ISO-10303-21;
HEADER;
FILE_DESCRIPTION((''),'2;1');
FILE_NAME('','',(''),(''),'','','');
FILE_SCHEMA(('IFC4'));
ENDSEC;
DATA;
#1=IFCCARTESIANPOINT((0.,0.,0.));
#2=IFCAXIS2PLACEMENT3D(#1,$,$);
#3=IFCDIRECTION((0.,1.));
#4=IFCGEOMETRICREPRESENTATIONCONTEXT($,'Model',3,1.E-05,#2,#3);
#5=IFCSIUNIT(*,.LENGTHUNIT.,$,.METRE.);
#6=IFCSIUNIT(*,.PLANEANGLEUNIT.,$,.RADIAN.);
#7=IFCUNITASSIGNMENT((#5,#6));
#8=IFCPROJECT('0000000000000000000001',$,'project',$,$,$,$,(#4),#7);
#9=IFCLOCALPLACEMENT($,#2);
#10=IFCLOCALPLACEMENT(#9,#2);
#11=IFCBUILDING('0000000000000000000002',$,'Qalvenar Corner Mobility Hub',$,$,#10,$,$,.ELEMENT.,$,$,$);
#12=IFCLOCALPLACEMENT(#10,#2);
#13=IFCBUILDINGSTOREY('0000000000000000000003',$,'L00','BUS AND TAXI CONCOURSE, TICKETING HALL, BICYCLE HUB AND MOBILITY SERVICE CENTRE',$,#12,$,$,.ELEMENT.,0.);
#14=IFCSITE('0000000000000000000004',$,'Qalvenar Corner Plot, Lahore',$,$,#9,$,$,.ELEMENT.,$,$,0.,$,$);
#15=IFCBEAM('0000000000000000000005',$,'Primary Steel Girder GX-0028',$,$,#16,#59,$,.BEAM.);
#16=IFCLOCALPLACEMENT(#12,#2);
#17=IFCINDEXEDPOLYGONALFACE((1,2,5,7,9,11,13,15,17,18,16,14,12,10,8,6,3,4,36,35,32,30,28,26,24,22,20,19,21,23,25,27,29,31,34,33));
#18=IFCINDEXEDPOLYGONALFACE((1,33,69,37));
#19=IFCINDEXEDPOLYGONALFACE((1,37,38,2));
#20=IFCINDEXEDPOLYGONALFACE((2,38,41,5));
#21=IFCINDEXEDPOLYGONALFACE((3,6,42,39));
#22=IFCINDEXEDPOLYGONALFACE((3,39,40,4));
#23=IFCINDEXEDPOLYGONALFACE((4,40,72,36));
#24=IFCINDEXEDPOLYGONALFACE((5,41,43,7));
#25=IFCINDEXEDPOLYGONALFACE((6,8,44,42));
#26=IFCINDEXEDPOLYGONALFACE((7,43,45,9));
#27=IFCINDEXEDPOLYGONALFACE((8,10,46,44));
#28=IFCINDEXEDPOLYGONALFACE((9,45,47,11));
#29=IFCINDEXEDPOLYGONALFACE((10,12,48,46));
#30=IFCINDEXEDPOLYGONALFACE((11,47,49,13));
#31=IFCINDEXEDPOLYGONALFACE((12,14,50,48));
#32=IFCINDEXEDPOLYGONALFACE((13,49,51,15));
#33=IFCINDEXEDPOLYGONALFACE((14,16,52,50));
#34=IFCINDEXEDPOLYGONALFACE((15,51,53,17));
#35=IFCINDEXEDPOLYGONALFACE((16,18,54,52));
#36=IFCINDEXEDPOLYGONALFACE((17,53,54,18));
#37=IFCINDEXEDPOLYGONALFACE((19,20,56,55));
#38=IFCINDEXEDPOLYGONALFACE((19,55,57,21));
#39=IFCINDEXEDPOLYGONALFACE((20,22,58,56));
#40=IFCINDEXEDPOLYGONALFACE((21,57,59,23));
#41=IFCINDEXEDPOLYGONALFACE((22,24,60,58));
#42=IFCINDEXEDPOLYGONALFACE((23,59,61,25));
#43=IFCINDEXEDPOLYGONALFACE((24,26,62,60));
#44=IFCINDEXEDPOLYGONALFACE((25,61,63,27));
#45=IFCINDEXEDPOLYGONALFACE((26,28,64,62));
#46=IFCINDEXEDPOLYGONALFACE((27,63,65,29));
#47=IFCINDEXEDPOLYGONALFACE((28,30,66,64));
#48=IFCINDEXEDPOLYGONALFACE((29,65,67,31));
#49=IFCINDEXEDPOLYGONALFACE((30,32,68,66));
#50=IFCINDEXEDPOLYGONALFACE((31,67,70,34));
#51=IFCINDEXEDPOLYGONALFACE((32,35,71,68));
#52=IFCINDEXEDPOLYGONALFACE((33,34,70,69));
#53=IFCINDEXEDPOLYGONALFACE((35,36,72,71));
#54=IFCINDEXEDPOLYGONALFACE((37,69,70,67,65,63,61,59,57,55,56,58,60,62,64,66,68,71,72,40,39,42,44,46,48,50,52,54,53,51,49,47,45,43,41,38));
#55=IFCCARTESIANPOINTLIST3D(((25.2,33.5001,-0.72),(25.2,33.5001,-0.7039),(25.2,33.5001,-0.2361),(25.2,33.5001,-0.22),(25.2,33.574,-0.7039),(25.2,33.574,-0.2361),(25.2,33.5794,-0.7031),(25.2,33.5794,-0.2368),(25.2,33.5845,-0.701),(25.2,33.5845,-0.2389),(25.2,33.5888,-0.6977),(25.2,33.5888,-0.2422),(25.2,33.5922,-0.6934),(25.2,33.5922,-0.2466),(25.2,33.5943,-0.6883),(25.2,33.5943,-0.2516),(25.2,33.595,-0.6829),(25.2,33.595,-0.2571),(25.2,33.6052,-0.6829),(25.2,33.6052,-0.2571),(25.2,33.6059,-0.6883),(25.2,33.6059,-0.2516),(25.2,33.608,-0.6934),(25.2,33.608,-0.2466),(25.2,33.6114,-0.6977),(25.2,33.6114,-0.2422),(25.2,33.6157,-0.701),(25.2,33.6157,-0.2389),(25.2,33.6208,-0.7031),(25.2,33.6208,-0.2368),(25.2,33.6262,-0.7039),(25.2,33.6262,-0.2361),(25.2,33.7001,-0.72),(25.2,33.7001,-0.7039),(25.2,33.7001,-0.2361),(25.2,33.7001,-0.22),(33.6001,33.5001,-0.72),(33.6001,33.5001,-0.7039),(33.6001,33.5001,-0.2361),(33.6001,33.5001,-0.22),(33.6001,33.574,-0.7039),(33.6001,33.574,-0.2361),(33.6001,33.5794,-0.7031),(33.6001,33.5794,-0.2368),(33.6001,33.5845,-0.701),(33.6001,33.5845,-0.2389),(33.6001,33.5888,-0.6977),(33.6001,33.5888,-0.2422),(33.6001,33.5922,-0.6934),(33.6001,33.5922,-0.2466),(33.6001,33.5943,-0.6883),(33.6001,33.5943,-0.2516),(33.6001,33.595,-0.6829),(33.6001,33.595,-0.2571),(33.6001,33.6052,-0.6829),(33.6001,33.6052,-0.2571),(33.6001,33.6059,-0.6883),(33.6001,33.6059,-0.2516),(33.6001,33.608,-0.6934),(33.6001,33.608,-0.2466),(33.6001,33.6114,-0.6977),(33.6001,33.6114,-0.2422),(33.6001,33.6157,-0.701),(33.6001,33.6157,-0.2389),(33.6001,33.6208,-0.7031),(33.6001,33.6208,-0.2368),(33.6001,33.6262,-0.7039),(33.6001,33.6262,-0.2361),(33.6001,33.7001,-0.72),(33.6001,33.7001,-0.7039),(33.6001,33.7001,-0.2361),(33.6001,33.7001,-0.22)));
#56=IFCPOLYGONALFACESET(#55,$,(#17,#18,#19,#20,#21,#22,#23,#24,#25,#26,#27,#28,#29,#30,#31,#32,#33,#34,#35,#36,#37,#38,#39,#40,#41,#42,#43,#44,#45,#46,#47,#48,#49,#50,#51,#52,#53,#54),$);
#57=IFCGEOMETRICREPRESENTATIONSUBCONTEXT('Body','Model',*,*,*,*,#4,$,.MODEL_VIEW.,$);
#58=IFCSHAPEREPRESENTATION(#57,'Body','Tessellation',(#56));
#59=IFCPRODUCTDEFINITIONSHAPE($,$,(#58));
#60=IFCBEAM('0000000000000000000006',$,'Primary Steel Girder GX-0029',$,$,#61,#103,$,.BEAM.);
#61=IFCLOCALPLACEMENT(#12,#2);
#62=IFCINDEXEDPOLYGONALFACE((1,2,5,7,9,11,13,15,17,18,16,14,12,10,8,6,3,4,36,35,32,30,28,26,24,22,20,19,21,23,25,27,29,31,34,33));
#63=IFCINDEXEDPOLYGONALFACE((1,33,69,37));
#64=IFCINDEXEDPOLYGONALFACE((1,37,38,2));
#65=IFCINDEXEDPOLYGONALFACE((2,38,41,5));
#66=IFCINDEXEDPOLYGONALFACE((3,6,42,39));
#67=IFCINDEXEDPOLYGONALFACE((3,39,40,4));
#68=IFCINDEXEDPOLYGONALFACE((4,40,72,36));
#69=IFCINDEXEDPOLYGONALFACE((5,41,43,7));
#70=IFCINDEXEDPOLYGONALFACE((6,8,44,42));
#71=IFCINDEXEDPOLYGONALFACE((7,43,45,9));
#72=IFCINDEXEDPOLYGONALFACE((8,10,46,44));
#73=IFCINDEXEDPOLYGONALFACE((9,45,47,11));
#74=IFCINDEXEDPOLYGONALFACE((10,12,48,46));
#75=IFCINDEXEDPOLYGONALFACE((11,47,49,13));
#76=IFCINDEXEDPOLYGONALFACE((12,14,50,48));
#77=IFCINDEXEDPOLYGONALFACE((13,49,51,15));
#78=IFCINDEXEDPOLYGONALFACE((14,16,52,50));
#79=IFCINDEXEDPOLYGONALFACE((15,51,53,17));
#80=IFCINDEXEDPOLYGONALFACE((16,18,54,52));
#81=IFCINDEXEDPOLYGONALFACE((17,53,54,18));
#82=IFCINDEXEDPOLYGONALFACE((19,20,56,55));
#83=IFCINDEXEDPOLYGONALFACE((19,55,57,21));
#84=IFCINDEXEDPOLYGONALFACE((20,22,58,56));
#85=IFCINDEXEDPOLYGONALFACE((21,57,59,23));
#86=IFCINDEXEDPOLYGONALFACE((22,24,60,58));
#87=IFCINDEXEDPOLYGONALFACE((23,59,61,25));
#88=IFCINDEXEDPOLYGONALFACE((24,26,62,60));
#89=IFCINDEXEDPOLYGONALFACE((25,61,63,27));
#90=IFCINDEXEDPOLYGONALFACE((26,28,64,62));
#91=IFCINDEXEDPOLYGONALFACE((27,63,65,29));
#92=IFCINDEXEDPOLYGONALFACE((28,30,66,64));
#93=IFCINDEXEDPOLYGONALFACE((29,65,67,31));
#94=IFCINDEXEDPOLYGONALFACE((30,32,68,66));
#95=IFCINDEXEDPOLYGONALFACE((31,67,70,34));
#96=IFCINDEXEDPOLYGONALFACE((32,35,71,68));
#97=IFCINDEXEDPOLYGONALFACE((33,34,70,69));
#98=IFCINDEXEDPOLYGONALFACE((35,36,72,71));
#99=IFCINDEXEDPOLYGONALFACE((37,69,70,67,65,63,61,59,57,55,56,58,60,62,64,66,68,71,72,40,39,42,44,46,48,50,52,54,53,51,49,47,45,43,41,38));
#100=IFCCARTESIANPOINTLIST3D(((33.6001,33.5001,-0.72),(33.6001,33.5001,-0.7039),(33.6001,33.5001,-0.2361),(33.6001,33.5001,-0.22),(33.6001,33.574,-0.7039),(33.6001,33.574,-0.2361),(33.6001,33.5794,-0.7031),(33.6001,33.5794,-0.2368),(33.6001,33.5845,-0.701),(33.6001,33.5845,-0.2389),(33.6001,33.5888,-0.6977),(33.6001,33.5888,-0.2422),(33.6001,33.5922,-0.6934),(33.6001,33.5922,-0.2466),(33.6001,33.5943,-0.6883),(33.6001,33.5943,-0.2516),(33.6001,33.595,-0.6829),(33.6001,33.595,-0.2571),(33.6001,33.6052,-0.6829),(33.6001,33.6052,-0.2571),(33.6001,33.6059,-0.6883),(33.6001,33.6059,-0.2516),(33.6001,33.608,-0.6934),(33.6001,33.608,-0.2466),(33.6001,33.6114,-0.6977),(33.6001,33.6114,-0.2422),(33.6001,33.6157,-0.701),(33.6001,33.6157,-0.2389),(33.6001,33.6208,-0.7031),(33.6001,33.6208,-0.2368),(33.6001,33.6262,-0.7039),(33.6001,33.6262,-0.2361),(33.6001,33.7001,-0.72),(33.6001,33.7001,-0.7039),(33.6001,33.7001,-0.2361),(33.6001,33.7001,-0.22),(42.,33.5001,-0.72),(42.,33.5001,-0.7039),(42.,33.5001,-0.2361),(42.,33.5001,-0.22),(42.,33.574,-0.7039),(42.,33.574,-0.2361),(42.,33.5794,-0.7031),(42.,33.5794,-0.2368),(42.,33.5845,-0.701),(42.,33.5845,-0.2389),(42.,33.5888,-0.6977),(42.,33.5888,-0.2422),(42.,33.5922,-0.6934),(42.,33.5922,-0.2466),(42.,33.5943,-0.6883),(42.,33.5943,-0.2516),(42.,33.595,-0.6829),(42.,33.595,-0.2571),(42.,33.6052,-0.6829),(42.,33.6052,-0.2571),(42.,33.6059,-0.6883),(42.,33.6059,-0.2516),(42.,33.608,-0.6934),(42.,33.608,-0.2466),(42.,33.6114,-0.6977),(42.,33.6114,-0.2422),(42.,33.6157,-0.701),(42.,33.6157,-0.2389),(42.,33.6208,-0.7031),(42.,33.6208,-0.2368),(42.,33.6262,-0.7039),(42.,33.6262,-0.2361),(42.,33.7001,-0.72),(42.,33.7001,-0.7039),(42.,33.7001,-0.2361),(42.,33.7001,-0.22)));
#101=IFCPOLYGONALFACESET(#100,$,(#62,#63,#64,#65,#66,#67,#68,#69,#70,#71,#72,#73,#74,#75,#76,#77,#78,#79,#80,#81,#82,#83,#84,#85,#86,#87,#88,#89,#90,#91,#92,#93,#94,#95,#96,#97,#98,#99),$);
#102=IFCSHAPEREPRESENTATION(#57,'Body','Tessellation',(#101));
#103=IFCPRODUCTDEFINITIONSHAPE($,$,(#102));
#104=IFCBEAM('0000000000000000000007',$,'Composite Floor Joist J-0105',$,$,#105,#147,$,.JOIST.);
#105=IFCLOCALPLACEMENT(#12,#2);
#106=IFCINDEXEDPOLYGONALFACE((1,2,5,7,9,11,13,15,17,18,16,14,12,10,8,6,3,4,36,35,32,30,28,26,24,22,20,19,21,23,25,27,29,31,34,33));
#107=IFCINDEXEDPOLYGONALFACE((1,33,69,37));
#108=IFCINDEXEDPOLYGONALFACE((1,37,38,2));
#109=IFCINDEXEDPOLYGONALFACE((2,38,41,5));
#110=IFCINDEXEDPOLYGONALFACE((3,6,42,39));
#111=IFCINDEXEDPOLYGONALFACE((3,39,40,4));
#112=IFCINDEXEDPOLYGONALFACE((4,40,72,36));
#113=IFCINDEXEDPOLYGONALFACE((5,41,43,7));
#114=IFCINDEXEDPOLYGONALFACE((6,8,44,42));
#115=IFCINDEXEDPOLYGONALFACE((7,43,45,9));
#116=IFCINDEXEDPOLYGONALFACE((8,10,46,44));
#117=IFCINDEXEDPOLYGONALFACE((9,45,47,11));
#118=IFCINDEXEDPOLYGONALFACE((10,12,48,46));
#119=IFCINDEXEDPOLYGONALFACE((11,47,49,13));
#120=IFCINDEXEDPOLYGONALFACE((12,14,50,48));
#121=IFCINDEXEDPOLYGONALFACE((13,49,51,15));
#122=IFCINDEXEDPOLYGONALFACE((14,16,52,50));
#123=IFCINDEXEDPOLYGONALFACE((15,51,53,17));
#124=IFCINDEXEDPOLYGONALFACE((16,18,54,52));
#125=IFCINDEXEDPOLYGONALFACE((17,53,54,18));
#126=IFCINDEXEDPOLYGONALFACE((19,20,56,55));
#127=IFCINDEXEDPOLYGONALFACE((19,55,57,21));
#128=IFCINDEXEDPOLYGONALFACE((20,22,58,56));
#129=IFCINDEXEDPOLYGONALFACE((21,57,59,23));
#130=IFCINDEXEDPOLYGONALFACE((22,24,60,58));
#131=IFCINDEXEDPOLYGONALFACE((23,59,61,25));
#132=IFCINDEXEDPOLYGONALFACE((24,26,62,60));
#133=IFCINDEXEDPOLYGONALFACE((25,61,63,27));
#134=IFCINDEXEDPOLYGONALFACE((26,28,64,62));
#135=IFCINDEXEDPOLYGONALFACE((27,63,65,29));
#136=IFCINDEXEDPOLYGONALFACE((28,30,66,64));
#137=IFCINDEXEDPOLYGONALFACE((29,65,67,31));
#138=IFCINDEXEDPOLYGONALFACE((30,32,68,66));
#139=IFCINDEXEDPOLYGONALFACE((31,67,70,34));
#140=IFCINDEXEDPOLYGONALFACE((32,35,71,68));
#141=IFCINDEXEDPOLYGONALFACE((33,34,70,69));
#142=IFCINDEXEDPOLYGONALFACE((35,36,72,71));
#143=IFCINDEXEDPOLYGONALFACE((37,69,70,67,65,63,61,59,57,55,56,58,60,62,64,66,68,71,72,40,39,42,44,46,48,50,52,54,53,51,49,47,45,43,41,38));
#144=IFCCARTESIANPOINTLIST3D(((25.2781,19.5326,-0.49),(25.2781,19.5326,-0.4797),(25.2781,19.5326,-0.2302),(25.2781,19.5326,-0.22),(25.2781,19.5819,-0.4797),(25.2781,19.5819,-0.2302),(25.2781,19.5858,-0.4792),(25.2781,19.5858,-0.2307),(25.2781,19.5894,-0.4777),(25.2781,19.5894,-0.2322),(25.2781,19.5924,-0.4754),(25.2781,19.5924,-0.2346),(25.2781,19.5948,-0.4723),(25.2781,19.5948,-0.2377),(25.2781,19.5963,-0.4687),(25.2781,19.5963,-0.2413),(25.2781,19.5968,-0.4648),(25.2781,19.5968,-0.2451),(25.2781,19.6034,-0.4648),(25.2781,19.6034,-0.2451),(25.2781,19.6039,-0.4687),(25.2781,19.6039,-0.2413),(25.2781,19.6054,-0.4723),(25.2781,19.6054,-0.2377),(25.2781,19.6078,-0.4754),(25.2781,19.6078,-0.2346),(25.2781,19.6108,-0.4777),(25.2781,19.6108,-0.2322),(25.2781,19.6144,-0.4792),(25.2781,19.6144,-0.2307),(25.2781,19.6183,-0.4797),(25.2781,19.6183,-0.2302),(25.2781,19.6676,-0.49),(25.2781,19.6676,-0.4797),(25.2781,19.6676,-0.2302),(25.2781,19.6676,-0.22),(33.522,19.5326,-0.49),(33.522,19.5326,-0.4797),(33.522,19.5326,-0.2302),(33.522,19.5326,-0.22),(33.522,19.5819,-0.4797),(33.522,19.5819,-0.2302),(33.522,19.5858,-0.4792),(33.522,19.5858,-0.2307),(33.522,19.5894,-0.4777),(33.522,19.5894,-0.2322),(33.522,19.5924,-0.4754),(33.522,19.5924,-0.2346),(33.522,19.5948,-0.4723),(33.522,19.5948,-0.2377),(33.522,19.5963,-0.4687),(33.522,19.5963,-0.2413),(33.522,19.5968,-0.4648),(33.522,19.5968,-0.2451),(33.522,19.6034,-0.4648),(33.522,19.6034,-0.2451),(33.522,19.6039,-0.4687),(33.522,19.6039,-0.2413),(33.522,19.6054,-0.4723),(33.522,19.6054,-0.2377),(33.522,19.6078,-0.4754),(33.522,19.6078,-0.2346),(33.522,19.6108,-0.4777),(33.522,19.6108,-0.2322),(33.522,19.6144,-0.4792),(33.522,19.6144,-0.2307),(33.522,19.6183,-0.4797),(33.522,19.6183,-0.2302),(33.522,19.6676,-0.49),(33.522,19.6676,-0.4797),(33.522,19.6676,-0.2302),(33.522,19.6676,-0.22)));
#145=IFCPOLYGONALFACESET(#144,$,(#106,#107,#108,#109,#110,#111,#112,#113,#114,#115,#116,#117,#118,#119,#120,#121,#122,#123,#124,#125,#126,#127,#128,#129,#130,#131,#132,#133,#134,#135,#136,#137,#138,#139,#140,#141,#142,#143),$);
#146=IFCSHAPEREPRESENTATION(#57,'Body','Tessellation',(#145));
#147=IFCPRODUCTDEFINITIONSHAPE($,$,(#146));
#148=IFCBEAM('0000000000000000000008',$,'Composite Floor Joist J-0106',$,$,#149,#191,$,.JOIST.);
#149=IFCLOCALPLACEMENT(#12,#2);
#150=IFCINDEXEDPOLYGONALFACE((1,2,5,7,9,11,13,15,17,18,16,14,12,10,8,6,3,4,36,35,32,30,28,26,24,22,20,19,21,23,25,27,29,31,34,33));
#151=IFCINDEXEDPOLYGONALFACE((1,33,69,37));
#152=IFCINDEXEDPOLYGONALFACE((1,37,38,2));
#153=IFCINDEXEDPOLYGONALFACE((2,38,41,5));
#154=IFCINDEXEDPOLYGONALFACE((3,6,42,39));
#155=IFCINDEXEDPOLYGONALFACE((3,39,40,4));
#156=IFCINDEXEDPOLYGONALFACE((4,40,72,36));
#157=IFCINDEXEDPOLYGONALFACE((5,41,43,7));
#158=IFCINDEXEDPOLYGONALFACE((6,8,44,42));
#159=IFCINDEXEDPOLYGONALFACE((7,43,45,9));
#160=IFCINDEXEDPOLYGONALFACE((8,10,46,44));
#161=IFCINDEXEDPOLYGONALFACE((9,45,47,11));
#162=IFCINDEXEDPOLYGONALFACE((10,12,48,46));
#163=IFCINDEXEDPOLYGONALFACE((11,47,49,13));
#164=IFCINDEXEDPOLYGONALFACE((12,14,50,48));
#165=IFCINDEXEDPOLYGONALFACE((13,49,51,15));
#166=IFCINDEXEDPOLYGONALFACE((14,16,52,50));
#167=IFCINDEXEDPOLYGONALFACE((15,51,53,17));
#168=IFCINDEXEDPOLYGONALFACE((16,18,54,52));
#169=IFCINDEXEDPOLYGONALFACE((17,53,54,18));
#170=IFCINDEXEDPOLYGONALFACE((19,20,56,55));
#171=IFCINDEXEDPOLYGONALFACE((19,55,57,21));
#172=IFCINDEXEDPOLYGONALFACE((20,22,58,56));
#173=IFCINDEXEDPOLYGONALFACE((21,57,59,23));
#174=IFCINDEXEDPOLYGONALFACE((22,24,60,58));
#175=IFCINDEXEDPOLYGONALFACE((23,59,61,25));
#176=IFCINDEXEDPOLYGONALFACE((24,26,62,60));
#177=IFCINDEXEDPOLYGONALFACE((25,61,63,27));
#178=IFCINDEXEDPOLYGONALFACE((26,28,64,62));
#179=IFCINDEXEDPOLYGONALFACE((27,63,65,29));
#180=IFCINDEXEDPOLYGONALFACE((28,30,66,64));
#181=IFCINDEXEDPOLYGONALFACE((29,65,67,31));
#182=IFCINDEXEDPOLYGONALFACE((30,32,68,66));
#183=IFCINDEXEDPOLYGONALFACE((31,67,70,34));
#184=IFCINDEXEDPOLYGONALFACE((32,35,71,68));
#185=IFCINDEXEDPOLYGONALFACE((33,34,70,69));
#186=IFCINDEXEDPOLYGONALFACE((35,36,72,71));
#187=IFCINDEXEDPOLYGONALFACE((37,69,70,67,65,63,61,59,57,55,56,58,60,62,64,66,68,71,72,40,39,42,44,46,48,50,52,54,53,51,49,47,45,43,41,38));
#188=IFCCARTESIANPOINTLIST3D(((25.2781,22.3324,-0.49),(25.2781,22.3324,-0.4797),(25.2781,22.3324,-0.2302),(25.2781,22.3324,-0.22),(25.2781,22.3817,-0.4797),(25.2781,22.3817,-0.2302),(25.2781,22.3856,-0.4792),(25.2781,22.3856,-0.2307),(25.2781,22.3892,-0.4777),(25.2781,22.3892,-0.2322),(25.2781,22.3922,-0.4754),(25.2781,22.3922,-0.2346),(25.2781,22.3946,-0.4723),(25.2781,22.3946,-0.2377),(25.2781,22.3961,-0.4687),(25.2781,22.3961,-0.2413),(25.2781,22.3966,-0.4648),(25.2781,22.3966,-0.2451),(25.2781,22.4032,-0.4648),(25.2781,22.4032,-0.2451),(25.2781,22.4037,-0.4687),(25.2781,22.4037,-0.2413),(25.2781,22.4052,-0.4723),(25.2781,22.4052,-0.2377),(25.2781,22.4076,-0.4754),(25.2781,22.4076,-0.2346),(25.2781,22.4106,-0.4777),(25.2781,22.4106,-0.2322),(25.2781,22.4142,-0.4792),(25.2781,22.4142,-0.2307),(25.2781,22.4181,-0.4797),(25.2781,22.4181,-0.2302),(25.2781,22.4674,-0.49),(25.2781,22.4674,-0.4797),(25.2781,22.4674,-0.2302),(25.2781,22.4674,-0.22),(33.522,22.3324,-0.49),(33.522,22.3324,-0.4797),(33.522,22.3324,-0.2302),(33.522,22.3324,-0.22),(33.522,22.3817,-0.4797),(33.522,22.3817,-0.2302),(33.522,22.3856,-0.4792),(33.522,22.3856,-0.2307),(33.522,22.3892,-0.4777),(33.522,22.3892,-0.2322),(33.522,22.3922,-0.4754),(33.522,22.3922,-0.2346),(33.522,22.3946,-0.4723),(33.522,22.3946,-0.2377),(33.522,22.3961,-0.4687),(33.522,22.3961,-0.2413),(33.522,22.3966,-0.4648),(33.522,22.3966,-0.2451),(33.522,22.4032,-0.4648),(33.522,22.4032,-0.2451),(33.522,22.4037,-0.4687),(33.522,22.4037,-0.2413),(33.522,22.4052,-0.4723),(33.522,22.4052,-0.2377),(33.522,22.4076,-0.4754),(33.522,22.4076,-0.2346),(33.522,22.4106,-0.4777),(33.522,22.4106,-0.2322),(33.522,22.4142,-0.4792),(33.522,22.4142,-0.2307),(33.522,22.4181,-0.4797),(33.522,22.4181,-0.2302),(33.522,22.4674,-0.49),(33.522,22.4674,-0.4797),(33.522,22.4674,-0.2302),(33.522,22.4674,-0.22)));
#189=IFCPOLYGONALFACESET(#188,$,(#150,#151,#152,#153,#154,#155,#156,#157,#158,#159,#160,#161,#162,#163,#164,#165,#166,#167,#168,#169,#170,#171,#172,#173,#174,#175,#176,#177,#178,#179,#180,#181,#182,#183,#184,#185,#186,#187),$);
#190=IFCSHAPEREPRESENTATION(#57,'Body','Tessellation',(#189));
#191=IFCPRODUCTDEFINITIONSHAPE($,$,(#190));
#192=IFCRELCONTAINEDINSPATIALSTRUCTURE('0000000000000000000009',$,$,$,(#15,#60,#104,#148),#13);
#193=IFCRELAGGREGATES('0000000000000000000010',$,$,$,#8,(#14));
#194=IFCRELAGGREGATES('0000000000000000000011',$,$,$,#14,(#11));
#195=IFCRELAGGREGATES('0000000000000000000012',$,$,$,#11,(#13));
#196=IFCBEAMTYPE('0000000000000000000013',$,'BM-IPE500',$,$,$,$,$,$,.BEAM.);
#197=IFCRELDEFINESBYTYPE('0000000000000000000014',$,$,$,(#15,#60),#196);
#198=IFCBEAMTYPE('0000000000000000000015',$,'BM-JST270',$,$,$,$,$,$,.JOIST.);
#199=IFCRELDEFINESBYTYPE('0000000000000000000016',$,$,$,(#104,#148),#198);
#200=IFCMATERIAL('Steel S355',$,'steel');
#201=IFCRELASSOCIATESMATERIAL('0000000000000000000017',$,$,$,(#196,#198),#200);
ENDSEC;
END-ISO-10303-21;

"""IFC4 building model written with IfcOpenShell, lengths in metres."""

from ifc_helpers import new_model, si_unit, direction, frame, origin, origin_2d, place, context, subcontext, project, spatial, i_section, extrude, material, material_profile, profile_set, type_object, element, save


model = new_model("IFC4")

# Units and contexts
model_context = context("Model", 3, precision=1e-05, world=origin(), true_north=direction((0.0, 1.0)))
body_context = subcontext(model_context, "Body", "Model", "MODEL_VIEW")
ifc_project = project(units=[si_unit("LENGTHUNIT", "METRE"), si_unit("PLANEANGLEUNIT", "RADIAN")], contexts=[model_context])

# Site, building, storey
site_placement = place(None, origin())
site = spatial("IfcSite", under=ifc_project, at=site_placement, Name="Qalvenar Corner Plot, Lahore", CompositionType="ELEMENT", RefElevation=0.0)
building_placement = place(site_placement, origin())
building = spatial("IfcBuilding", under=site, at=building_placement, Name="Qalvenar Corner Mobility Hub", CompositionType="ELEMENT")
storey_placement = place(building_placement, origin())
storey = spatial("IfcBuildingStorey", under=building, at=storey_placement, Name="L00", Description="BUS AND TAXI CONCOURSE, TICKETING HALL, BICYCLE HUB AND MOBILITY SERVICE CENTRE", CompositionType="ELEMENT", Elevation=0.0)

# Shared definitions
ifc_material_1 = material(Name="Steel S355", Category="steel")

# Beams
ifc_material_profile_1 = material_profile(ifc_material_1, i_section(OverallWidth=0.2, OverallDepth=0.5, WebThickness=0.0103, FlangeThickness=0.0161, FilletRadius=0.021, at=origin_2d()), Name="IPE500")
ifc_profile_set_1 = profile_set([ifc_material_profile_1], Name="Steel S355")
beam_type_1 = type_object("IfcBeamType", Name="BM-IPE500", PredefinedType="BEAM", material=ifc_profile_set_1)
beam_1_placement = place(storey_placement, frame((25.2, 33.6001, -0.47), z_axis=(1.0, 0.0, 0.0), x_axis=(0.0, 1.0, 0.0)))
element("IfcBeam", 1, at=beam_1_placement, inside=storey, type_object=beam_type_1, Name="Primary Steel Girder GX-0028", PredefinedType="BEAM", context=body_context, shape_type="SweptSolid", body=[
    extrude(i_section(OverallWidth=0.2, OverallDepth=0.5, WebThickness=0.0103, FlangeThickness=0.0161, FilletRadius=0.021, at=origin_2d()), origin(), (0.0, 0.0, 1.0), 8.4001),
])
beam_2_placement = place(storey_placement, frame((33.6001, 33.6001, -0.47), z_axis=(1.0, 0.0, 0.0), x_axis=(0.0, 1.0, 0.0)))
element("IfcBeam", 2, at=beam_2_placement, inside=storey, type_object=beam_type_1, Name="Primary Steel Girder GX-0029", PredefinedType="BEAM", context=body_context, shape_type="SweptSolid", body=[
    extrude(i_section(OverallWidth=0.2, OverallDepth=0.5, WebThickness=0.0103, FlangeThickness=0.0161, FilletRadius=0.021, at=origin_2d()), origin(), (0.0, 0.0, 1.0), 8.3999),
])
ifc_material_profile_2 = material_profile(ifc_material_1, i_section(OverallWidth=0.135, OverallDepth=0.27, WebThickness=0.0066, FlangeThickness=0.0103, FilletRadius=0.0149, at=origin_2d()), Name="IPE270")
ifc_profile_set_2 = profile_set([ifc_material_profile_2], Name="Steel S355")
beam_type_2 = type_object("IfcBeamType", Name="BM-JST270", PredefinedType="JOIST", material=ifc_profile_set_2)
for number, where, z_axis, x_axis, name in (
    (3, (25.2781, 19.6001, -0.355), (1.0, 0.0, 0.0), (0.0, 1.0, 0.0), "Composite Floor Joist J-0105"),
    (4, (25.2781, 22.3999, -0.355), (1.0, 0.0, 0.0), (0.0, 1.0, 0.0), "Composite Floor Joist J-0106"),
):
    element("IfcBeam", number, at=place(storey_placement, frame(where, z_axis=z_axis, x_axis=x_axis)), inside=storey, type_object=beam_type_2, Name=name, PredefinedType="JOIST", context=body_context, shape_type="SweptSolid", body=[
        extrude(i_section(OverallWidth=0.135, OverallDepth=0.27, WebThickness=0.0066, FlangeThickness=0.0103, FilletRadius=0.0149, at=origin_2d()), origin(), (0.0, 0.0, 1.0), 8.2439),
    ])

save(model, "model.ifc")
